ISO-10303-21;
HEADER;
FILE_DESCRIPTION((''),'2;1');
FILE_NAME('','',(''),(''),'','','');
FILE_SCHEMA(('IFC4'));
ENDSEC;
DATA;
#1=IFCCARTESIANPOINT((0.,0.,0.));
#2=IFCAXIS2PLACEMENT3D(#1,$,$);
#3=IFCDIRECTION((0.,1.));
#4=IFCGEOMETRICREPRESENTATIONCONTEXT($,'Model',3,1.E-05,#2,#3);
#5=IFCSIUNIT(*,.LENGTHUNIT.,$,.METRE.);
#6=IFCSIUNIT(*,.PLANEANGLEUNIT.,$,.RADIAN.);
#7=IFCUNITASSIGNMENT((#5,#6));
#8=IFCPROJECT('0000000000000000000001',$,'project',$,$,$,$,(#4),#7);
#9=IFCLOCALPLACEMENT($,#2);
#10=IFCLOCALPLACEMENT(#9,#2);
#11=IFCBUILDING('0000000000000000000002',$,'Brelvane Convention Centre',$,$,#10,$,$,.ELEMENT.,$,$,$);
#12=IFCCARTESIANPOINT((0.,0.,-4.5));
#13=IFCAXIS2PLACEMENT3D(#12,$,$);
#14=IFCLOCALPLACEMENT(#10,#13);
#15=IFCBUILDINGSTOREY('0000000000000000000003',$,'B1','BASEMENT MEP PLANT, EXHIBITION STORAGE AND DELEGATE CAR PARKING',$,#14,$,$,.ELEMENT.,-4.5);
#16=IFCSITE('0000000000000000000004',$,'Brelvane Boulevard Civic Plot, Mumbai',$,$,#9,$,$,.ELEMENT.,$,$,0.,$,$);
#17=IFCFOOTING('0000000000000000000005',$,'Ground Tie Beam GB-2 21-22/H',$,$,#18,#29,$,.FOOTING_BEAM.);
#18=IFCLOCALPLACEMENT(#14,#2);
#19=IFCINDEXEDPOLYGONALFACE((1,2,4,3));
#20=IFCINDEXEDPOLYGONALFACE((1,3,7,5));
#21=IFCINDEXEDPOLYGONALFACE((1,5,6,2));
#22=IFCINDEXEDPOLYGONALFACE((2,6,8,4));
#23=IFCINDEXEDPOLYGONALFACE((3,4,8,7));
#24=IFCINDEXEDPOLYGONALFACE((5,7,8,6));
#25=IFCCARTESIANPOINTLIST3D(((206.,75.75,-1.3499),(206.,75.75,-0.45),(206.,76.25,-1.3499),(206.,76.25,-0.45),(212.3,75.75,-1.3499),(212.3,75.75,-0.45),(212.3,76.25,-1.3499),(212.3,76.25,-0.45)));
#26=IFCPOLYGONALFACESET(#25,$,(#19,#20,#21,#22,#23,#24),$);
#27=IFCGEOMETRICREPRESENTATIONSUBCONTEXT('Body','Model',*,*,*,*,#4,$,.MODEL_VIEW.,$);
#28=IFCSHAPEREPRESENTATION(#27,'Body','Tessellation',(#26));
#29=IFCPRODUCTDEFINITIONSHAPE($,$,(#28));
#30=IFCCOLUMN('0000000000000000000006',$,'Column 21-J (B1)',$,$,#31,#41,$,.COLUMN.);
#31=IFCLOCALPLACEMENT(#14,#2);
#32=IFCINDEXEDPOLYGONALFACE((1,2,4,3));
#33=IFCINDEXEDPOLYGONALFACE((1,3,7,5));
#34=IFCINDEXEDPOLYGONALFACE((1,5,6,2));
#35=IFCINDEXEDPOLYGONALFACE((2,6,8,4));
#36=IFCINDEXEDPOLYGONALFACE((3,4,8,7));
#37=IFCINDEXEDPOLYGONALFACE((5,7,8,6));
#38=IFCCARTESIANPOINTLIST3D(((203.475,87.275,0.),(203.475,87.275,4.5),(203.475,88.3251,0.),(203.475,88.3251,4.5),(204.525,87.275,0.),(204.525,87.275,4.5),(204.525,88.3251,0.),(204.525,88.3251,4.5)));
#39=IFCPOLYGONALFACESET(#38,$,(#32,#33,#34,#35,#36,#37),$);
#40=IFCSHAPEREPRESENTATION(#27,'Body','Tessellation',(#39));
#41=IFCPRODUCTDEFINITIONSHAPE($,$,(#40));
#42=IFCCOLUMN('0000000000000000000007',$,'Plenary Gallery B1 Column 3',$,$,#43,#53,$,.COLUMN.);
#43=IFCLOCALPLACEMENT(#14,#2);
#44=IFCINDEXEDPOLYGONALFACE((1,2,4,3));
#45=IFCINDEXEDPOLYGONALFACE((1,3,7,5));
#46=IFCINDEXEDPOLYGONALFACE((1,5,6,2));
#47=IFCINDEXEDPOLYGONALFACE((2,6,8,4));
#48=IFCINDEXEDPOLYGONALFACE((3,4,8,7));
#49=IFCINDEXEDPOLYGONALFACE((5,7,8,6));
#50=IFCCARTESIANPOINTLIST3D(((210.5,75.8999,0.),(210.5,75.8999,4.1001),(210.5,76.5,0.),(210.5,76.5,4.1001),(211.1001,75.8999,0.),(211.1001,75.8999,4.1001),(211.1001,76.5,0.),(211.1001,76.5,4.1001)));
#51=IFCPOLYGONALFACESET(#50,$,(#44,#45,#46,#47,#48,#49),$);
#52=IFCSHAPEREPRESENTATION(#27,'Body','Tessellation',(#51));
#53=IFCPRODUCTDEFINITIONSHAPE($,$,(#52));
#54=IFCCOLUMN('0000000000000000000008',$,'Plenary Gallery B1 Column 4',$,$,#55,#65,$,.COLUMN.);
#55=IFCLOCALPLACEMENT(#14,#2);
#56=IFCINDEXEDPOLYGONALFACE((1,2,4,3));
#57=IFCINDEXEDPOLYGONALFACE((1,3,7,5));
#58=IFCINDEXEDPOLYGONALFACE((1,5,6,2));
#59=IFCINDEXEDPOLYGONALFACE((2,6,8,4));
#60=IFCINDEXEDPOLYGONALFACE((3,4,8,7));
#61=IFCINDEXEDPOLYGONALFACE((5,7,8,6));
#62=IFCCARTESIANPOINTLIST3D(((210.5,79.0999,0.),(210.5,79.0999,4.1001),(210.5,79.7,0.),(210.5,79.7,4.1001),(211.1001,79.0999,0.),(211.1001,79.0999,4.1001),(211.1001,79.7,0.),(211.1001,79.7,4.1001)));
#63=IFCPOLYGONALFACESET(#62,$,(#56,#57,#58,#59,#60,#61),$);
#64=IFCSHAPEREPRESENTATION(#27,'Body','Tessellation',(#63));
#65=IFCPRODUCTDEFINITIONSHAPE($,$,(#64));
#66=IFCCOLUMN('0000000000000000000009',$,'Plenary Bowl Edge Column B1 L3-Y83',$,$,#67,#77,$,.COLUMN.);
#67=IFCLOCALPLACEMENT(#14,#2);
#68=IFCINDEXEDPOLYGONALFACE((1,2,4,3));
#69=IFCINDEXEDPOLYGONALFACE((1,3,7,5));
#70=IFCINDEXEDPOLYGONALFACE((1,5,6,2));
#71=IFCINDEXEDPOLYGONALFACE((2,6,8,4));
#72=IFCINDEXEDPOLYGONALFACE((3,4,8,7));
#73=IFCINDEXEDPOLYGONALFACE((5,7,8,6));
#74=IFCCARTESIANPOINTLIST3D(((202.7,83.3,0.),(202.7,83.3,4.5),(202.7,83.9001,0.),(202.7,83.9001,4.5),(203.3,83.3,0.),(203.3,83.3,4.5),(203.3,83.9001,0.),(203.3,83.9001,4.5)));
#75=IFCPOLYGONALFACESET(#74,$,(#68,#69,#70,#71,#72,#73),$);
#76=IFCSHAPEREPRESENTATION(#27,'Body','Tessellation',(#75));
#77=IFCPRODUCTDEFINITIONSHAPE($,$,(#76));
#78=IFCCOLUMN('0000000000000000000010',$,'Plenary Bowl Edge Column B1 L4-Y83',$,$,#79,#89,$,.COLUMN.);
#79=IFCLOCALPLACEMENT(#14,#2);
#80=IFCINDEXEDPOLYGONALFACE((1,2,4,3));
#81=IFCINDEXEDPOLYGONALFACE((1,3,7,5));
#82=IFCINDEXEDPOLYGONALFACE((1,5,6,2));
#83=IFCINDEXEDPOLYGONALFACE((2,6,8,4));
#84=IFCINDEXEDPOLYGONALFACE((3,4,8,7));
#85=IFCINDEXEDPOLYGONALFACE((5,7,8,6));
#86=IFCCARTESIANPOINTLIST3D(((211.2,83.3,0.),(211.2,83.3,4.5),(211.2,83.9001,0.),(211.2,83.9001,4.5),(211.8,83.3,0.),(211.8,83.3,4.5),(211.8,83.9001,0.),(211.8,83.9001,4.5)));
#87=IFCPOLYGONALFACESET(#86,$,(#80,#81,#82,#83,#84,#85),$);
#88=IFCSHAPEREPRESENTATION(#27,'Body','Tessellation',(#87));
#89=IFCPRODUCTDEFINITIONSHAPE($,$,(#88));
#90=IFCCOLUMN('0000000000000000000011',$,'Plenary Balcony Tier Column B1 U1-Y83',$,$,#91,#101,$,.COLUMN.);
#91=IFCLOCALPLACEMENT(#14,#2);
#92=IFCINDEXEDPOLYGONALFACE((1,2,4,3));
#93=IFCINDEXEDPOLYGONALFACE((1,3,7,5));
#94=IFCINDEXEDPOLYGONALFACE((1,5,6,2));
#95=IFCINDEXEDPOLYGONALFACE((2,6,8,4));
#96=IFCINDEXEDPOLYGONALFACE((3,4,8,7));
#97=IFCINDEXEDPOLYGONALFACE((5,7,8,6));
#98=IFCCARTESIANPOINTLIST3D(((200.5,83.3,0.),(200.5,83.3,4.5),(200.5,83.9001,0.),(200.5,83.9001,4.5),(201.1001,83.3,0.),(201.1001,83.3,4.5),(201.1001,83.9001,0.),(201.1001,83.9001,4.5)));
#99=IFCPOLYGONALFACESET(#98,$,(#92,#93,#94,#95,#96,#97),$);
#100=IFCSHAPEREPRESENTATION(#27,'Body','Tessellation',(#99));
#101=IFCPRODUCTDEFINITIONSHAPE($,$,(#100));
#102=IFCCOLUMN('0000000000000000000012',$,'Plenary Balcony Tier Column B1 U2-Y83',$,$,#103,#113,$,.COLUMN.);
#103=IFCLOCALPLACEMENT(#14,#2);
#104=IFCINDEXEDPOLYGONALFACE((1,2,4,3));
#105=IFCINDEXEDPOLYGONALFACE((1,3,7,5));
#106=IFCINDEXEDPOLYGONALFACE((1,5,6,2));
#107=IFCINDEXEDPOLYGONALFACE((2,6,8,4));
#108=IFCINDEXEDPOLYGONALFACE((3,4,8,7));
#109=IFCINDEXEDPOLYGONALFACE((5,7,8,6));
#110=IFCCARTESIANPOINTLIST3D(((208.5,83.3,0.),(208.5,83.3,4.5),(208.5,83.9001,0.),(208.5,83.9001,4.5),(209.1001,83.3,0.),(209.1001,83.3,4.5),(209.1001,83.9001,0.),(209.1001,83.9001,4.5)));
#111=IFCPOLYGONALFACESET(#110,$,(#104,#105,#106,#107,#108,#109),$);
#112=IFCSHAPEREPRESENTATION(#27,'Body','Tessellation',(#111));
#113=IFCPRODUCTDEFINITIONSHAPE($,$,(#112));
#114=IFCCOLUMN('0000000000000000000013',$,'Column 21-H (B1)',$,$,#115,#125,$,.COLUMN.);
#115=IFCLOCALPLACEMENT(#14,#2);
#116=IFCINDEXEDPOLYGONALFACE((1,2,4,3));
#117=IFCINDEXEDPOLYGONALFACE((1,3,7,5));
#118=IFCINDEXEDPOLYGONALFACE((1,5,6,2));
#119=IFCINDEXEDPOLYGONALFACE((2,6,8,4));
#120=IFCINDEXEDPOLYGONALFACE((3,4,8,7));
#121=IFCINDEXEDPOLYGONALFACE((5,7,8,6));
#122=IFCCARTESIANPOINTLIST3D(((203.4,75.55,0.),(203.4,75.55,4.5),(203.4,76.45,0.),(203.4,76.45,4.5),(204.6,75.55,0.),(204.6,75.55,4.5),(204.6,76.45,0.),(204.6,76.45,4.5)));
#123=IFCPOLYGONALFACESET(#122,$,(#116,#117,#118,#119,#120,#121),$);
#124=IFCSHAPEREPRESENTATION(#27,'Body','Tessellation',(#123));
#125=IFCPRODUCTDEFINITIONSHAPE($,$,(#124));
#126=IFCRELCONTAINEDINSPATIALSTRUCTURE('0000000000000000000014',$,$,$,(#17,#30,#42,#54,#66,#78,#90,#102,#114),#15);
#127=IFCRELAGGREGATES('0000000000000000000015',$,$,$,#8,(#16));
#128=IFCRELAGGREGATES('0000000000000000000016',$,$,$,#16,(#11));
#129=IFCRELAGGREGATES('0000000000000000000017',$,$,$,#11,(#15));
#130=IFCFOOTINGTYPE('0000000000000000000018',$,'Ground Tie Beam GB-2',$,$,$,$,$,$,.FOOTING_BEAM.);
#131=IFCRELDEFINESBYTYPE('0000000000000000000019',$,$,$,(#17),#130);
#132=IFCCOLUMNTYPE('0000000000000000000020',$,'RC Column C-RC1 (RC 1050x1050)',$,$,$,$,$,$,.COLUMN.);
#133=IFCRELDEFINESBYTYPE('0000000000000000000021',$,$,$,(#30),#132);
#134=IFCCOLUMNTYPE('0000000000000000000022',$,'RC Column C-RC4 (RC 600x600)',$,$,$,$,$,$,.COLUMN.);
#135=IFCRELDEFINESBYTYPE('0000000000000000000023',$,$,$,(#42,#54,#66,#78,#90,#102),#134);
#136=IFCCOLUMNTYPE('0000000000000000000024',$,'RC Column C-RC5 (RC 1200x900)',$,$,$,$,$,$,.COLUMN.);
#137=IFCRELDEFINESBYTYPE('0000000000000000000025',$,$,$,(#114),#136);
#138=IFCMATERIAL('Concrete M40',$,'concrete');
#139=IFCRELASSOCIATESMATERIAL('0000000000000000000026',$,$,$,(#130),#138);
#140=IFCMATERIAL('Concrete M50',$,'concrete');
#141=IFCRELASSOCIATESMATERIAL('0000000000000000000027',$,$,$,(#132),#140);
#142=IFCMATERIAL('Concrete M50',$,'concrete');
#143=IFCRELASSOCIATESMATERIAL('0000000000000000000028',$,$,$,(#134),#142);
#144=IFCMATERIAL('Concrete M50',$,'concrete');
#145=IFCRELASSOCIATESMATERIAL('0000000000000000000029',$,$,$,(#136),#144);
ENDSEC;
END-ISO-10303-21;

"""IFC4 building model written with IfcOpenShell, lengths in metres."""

from ifc_helpers import new_model, si_unit, direction, frame, origin, origin_2d, place, context, subcontext, project, spatial, rectangle, extrude, material, material_profile, profile_set, type_object, element, save


model = new_model("IFC4")

# Units and contexts
model_context = context("Model", 3, precision=1e-05, world=origin(), true_north=direction((0.0, 1.0)))
body_context = subcontext(model_context, "Body", "Model", "MODEL_VIEW")
ifc_project = project(units=[si_unit("LENGTHUNIT", "METRE"), si_unit("PLANEANGLEUNIT", "RADIAN")], contexts=[model_context])

# Site, building, storey
site_placement = place(None, origin())
site = spatial("IfcSite", under=ifc_project, at=site_placement, Name="Brelvane Boulevard Civic Plot, Mumbai", CompositionType="ELEMENT", RefElevation=0.0)
building_placement = place(site_placement, origin())
building = spatial("IfcBuilding", under=site, at=building_placement, Name="Brelvane Convention Centre", CompositionType="ELEMENT")
storey_placement = place(building_placement, frame((0.0, 0.0, -4.5)))
storey = spatial("IfcBuildingStorey", under=building, at=storey_placement, Name="B1", Description="BASEMENT MEP PLANT, EXHIBITION STORAGE AND DELEGATE CAR PARKING", CompositionType="ELEMENT", Elevation=-4.5)

# Footing
ifc_material_1 = material(Name="Concrete M40", Category="concrete")
ifc_material_profile_1 = material_profile(ifc_material_1, rectangle(XDim=0.5, YDim=0.8999, at=origin_2d()), Name="RC 500x900")
ifc_profile_set_1 = profile_set([ifc_material_profile_1], Name="Concrete M40")
footing_type_1 = type_object("IfcFootingType", Name="Ground Tie Beam GB-2", PredefinedType="FOOTING_BEAM", material=ifc_profile_set_1)
footing_1_placement = place(storey_placement, frame((206.0, 76.0, -0.8999), z_axis=(1.0, 0.0, 0.0), x_axis=(0.0, 1.0, 0.0)))
element("IfcFooting", 1, at=footing_1_placement, inside=storey, type_object=footing_type_1, Name="Ground Tie Beam GB-2 21-22/H", PredefinedType="FOOTING_BEAM", context=body_context, shape_type="SweptSolid", body=[
    extrude(rectangle(XDim=0.5, YDim=0.8999, at=origin_2d()), origin(), (0.0, 0.0, 1.0), 6.3),
])

# Columns
ifc_material_2 = material(Name="Concrete M50", Category="concrete")
ifc_material_profile_2 = material_profile(ifc_material_2, rectangle(XDim=1.05, YDim=1.05, at=origin_2d()), Name="RC 1050x1050")
ifc_profile_set_2 = profile_set([ifc_material_profile_2], Name="Concrete M50")
column_type_1 = type_object("IfcColumnType", Name="RC Column C-RC1 (RC 1050x1050)", PredefinedType="COLUMN", material=ifc_profile_set_2)
column_1_placement = place(storey_placement, frame((204.0, 87.8, 0.0), z_axis=(0.0, 0.0, 1.0), x_axis=(1.0, 0.0, 0.0)))
element("IfcColumn", 2, at=column_1_placement, inside=storey, type_object=column_type_1, Name="Column 21-J (B1)", PredefinedType="COLUMN", context=body_context, shape_type="SweptSolid", body=[
    extrude(rectangle(XDim=1.05, YDim=1.05, at=origin_2d()), origin(), (0.0, 0.0, 1.0), 4.5),
])
ifc_material_3 = material(Name="Concrete M50", Category="concrete")
ifc_material_profile_3 = material_profile(ifc_material_3, rectangle(XDim=0.6001, YDim=0.6001, at=origin_2d()), Name="RC 600x600")
ifc_profile_set_3 = profile_set([ifc_material_profile_3], Name="Concrete M50")
column_type_2 = type_object("IfcColumnType", Name="RC Column C-RC4 (RC 600x600)", PredefinedType="COLUMN", material=ifc_profile_set_3)
for number, where, z_axis, x_axis, name in (
    (3, (210.8, 76.2, 0.0), (0.0, 0.0, 1.0), (1.0, 0.0, 0.0), "Plenary Gallery B1 Column 3"),
    (4, (210.8, 79.3999, 0.0), (0.0, 0.0, 1.0), (1.0, 0.0, 0.0), "Plenary Gallery B1 Column 4"),
):
    element("IfcColumn", number, at=place(storey_placement, frame(where, z_axis=z_axis, x_axis=x_axis)), inside=storey, type_object=column_type_2, Name=name, PredefinedType="COLUMN", context=body_context, shape_type="SweptSolid", body=[
        extrude(rectangle(XDim=0.6001, YDim=0.6001, at=origin_2d()), origin(), (0.0, 0.0, 1.0), 4.1001),
    ])
for number, where, z_axis, x_axis, name in (
    (5, (203.0, 83.6001, 0.0), (0.0, 0.0, 1.0), (1.0, 0.0, 0.0), "Plenary Bowl Edge Column B1 L3-Y83"),
    (6, (211.5, 83.6001, 0.0), (0.0, 0.0, 1.0), (1.0, 0.0, 0.0), "Plenary Bowl Edge Column B1 L4-Y83"),
    (7, (200.8, 83.6001, 0.0), (0.0, 0.0, 1.0), (1.0, 0.0, 0.0), "Plenary Balcony Tier Column B1 U1-Y83"),
    (8, (208.8, 83.6001, 0.0), (0.0, 0.0, 1.0), (1.0, 0.0, 0.0), "Plenary Balcony Tier Column B1 U2-Y83"),
):
    element("IfcColumn", number, at=place(storey_placement, frame(where, z_axis=z_axis, x_axis=x_axis)), inside=storey, type_object=column_type_2, Name=name, PredefinedType="COLUMN", context=body_context, shape_type="SweptSolid", body=[
        extrude(rectangle(XDim=0.6001, YDim=0.6001, at=origin_2d()), origin(), (0.0, 0.0, 1.0), 4.5),
    ])
ifc_material_4 = material(Name="Concrete M50", Category="concrete")
ifc_material_profile_4 = material_profile(ifc_material_4, rectangle(XDim=1.2, YDim=0.8999, at=origin_2d()), Name="RC 1200x900")
ifc_profile_set_4 = profile_set([ifc_material_profile_4], Name="Concrete M50")
column_type_3 = type_object("IfcColumnType", Name="RC Column C-RC5 (RC 1200x900)", PredefinedType="COLUMN", material=ifc_profile_set_4)
column_2_placement = place(storey_placement, frame((204.0, 76.0, 0.0), z_axis=(0.0, 0.0, 1.0), x_axis=(1.0, 0.0, 0.0)))
element("IfcColumn", 9, at=column_2_placement, inside=storey, type_object=column_type_3, Name="Column 21-H (B1)", PredefinedType="COLUMN", context=body_context, shape_type="SweptSolid", body=[
    extrude(rectangle(XDim=1.2, YDim=0.8999, at=origin_2d()), origin(), (0.0, 0.0, 1.0), 4.5),
])

save(model, "model.ifc")
